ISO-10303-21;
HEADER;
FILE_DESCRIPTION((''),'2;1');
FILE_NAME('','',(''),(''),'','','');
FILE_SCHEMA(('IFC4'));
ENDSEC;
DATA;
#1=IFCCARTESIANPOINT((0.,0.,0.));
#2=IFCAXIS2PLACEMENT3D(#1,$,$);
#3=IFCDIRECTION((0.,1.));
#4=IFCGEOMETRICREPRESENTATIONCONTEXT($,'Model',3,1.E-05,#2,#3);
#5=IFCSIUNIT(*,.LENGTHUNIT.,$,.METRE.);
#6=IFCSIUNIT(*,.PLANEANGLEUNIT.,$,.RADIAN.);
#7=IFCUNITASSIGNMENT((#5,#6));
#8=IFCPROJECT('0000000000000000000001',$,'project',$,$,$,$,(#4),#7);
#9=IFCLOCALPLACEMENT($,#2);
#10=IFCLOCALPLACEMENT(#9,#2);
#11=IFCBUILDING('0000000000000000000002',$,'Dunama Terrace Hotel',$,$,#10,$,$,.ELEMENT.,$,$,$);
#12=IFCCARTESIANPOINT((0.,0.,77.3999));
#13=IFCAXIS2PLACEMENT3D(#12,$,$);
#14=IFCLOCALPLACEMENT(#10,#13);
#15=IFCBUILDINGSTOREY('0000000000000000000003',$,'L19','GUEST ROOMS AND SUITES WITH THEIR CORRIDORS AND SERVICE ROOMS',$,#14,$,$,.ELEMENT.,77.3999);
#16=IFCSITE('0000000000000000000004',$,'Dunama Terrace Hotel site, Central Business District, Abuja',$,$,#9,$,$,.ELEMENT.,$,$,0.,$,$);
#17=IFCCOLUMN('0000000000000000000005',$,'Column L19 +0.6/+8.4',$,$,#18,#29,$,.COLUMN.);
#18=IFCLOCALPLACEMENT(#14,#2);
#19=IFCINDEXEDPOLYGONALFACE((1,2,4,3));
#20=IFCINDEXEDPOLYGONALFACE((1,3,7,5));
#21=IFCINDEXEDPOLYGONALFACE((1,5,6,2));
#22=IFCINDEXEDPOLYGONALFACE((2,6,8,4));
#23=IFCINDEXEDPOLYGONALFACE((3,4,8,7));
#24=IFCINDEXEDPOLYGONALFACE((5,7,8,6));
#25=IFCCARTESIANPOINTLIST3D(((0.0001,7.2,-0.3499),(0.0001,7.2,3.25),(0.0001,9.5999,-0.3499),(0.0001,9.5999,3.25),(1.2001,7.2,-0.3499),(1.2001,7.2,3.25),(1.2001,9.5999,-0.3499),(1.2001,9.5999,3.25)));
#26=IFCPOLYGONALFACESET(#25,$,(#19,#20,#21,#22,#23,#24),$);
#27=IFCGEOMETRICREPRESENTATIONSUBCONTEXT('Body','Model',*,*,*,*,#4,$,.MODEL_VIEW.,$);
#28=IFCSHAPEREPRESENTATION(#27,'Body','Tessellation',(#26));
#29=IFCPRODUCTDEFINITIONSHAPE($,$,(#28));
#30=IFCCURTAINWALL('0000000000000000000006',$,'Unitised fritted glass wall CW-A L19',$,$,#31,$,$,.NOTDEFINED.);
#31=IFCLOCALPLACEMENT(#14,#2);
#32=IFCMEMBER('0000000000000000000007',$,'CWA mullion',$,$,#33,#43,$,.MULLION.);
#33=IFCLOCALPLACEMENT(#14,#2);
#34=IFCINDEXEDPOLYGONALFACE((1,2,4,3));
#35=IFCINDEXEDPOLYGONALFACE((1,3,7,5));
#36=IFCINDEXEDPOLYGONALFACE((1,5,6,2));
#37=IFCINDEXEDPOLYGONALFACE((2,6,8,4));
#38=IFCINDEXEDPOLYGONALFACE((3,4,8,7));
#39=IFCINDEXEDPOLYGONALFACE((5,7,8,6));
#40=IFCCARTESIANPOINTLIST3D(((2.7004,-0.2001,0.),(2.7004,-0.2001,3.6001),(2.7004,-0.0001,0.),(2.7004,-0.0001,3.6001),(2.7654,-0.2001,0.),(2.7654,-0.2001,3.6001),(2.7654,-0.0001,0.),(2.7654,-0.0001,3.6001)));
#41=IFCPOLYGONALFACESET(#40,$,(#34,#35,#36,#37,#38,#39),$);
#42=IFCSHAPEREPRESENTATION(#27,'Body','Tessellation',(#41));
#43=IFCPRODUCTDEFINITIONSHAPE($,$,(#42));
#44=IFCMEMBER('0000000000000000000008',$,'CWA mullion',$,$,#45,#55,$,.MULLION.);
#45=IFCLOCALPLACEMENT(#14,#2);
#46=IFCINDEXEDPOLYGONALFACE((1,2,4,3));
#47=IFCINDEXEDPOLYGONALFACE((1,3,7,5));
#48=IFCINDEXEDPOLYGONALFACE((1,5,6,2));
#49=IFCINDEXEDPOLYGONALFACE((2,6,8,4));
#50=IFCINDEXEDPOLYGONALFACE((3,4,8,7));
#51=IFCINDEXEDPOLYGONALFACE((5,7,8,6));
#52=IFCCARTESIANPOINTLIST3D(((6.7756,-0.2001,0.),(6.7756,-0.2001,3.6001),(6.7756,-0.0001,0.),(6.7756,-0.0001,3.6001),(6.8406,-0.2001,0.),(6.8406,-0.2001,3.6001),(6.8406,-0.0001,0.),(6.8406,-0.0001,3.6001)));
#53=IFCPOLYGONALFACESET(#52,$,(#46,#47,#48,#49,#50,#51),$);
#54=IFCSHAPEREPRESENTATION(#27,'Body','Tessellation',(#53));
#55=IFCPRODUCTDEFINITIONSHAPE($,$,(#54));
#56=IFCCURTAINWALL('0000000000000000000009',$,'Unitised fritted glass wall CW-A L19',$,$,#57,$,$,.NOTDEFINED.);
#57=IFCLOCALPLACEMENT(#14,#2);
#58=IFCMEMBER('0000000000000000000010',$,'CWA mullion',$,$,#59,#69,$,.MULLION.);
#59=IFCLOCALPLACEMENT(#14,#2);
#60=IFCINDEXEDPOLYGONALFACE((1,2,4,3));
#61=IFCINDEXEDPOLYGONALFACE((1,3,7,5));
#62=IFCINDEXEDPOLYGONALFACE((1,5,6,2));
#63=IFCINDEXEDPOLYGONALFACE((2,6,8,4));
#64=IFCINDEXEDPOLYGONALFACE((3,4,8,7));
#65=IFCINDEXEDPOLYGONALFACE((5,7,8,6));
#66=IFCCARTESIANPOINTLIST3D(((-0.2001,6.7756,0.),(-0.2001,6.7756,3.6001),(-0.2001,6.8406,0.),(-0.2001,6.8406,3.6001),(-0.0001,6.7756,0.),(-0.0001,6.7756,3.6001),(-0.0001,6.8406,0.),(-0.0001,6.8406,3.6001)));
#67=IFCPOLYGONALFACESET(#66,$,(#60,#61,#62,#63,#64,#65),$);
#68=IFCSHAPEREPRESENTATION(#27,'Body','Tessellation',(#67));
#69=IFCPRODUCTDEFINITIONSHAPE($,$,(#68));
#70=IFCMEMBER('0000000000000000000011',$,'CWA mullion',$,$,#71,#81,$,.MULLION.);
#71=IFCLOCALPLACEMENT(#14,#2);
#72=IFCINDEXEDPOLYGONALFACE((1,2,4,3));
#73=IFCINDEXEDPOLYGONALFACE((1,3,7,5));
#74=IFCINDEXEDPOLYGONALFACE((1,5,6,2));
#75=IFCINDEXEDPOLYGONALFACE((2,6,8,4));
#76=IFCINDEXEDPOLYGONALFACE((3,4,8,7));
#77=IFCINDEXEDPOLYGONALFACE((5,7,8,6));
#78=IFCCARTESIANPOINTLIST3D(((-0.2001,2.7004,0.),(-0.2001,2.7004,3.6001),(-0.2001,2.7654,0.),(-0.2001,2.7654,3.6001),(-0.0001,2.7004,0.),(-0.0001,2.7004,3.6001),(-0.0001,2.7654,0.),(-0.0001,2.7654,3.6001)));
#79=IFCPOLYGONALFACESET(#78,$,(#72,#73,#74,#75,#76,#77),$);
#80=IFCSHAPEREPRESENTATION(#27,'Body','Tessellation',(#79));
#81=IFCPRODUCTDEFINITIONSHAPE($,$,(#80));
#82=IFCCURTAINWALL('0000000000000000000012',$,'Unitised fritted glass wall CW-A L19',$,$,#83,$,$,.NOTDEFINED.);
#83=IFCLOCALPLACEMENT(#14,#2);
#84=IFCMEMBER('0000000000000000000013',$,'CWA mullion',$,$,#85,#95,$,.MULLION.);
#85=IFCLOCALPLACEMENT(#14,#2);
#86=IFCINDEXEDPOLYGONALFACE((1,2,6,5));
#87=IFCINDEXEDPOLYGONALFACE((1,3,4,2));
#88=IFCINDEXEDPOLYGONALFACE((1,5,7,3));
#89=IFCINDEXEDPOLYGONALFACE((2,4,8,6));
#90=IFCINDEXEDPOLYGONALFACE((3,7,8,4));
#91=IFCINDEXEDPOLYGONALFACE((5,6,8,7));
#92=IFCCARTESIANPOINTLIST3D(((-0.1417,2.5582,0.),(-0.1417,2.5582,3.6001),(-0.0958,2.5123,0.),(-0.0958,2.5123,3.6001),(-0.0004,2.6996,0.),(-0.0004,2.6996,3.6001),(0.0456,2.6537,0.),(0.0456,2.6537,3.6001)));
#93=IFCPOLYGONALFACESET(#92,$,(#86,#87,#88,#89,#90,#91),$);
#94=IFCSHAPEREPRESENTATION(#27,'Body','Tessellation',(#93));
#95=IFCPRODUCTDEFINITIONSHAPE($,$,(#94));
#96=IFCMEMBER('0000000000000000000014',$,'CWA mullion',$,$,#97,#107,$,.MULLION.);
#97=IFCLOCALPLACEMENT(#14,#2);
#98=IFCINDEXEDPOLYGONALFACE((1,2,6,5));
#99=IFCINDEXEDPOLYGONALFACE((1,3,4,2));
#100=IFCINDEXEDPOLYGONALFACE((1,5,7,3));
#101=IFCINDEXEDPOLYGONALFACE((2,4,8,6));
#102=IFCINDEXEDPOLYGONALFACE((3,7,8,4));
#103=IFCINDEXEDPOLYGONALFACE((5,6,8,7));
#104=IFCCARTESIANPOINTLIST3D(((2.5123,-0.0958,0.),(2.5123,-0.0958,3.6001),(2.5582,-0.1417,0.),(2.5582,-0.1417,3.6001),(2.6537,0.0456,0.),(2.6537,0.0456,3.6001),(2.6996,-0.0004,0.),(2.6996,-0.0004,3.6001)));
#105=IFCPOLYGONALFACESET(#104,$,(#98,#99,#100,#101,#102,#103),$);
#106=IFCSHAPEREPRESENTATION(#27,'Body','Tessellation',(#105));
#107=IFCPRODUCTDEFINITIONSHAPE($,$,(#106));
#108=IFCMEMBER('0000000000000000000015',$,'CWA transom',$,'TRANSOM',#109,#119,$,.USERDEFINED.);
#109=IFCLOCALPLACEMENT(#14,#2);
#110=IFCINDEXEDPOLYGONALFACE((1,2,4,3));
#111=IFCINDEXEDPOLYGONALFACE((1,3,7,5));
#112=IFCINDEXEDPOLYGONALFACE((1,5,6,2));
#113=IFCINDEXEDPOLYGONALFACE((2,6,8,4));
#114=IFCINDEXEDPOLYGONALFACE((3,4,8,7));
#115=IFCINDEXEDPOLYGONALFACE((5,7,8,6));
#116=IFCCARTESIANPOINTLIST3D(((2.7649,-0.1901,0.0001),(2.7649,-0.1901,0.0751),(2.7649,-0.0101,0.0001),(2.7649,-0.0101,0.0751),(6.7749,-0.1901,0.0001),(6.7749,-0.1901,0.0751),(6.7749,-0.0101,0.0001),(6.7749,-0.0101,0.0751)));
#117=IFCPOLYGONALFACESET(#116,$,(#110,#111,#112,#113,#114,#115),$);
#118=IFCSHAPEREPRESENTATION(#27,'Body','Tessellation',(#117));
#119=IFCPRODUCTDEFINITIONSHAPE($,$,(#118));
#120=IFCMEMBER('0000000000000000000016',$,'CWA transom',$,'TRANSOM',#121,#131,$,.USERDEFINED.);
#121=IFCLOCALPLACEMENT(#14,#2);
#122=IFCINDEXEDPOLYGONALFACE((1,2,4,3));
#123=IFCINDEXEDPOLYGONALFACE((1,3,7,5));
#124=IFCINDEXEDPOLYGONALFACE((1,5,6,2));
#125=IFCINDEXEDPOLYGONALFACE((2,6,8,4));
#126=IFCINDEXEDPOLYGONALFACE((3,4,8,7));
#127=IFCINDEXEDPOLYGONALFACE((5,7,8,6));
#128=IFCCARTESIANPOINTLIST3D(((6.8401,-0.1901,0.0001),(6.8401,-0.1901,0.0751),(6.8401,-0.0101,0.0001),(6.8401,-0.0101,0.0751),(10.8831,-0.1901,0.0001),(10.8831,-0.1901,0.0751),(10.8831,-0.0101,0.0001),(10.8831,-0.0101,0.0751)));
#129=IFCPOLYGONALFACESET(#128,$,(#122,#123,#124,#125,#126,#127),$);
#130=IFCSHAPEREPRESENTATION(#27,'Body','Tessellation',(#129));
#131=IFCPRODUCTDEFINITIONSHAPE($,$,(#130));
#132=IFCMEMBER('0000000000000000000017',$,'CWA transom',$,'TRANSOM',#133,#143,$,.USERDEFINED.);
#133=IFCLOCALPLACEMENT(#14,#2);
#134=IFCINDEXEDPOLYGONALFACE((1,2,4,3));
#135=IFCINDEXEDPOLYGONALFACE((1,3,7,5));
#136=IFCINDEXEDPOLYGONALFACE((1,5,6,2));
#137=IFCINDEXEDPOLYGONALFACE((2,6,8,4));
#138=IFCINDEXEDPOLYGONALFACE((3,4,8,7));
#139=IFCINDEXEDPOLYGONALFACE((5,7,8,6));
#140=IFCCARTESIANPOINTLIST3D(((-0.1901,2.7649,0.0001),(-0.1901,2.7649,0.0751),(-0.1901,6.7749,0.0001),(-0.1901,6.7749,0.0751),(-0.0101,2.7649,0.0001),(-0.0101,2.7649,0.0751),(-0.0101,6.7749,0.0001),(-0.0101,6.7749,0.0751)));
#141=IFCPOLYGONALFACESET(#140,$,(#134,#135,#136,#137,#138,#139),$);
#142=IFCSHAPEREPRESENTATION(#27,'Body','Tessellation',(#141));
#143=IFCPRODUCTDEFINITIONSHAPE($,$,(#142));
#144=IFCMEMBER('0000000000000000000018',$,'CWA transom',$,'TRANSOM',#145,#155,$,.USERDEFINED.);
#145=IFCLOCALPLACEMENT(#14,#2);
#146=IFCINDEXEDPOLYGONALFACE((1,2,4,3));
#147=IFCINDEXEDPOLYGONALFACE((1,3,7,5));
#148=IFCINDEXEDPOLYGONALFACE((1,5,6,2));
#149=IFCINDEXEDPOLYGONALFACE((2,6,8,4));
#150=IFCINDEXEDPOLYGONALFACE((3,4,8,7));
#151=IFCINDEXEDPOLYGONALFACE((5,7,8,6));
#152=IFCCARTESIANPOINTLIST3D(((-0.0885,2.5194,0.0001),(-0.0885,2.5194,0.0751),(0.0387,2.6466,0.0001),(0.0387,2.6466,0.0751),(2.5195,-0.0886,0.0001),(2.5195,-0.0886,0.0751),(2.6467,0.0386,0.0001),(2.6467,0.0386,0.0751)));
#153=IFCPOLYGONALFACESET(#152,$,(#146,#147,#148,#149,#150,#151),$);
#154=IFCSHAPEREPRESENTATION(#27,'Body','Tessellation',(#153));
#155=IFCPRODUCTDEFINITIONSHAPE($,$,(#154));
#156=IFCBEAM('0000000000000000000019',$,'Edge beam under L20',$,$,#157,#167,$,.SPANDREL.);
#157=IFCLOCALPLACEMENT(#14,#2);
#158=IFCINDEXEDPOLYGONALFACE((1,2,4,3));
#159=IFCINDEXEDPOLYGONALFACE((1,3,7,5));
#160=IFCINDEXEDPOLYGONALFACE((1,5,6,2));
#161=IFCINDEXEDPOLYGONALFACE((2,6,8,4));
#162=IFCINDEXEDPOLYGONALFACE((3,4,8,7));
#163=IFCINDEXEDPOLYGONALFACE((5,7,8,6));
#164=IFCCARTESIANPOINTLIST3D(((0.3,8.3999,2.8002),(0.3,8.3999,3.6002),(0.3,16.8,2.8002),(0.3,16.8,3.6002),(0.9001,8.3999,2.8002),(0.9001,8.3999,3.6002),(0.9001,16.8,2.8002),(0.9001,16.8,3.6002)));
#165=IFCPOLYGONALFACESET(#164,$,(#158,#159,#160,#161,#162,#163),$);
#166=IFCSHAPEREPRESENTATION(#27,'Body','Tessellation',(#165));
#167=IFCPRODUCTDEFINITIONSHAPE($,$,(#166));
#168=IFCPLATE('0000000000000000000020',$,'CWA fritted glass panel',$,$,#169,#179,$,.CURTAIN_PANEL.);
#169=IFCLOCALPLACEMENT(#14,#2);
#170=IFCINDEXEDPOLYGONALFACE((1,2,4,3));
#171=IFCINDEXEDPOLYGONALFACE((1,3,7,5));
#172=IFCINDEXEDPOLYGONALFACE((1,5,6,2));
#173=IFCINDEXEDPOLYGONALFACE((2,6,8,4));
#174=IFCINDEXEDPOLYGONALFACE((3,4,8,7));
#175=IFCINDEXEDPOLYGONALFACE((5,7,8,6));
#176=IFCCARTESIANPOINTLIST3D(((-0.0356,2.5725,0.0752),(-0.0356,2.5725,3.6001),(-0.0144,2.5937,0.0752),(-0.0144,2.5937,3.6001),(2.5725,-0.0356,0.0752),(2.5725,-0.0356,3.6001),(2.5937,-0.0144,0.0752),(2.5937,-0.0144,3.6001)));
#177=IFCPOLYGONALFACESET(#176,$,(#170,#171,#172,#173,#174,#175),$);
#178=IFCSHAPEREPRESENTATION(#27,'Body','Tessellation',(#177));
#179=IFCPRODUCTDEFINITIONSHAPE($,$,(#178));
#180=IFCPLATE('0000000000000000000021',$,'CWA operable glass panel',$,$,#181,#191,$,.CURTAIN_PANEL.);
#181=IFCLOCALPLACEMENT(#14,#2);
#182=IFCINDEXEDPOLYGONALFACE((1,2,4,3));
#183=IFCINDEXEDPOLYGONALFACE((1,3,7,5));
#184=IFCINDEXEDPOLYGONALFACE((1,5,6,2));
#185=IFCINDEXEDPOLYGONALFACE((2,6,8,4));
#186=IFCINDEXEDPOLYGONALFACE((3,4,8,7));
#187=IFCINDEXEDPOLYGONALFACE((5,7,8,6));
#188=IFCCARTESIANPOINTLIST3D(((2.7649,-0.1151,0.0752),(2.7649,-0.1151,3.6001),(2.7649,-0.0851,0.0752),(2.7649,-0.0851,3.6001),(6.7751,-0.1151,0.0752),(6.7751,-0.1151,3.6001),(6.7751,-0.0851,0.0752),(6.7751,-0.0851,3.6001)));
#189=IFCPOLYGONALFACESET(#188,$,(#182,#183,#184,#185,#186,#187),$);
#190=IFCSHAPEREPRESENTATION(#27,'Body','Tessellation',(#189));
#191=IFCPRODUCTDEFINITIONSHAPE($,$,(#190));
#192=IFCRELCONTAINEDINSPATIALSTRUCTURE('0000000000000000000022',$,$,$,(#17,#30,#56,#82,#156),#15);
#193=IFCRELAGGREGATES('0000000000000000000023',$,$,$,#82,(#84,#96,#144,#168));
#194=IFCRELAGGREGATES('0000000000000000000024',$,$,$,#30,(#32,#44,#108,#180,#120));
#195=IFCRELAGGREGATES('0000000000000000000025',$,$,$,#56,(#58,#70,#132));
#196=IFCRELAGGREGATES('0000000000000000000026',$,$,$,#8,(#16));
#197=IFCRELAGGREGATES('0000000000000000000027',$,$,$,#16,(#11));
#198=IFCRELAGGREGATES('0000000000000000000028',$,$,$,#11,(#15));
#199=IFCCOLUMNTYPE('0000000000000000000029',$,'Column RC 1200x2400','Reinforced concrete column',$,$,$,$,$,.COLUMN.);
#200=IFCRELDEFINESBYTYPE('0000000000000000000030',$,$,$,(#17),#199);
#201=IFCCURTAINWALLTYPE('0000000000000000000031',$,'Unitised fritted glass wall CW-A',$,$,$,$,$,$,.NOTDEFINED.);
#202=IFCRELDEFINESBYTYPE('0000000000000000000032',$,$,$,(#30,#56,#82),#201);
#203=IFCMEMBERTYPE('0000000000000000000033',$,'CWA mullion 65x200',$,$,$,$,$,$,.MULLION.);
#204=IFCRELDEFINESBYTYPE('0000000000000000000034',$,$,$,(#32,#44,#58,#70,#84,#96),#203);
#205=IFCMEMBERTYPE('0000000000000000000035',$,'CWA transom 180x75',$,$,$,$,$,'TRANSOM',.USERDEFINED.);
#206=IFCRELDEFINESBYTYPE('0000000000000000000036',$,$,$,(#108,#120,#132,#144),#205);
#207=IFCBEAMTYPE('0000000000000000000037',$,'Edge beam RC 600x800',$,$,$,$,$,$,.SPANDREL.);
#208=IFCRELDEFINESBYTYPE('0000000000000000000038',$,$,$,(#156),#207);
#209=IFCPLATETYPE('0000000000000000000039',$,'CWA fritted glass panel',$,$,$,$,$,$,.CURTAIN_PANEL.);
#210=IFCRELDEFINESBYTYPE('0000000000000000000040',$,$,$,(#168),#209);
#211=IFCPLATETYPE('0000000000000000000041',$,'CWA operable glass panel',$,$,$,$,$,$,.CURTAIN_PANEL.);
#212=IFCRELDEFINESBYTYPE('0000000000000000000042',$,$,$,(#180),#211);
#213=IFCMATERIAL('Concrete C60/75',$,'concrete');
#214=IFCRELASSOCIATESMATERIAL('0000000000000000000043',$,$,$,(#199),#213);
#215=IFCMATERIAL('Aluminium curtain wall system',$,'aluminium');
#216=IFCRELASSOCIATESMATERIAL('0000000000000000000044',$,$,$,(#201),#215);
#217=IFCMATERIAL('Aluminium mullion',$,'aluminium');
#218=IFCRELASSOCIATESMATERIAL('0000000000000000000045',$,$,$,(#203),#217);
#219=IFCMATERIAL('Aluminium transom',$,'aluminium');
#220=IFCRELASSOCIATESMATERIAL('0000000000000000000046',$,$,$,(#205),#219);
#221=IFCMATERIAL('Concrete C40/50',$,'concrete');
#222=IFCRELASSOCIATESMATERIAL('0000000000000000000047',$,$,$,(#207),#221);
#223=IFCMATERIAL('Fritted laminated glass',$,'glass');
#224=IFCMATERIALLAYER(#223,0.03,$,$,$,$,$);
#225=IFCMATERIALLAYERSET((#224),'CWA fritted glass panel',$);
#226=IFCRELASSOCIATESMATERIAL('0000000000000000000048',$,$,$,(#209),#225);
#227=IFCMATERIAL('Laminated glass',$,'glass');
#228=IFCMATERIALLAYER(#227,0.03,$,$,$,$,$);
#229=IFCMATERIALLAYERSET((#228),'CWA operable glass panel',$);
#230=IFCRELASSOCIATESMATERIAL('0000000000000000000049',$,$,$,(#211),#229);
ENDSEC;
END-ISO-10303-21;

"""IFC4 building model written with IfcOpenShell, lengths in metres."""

from ifc_helpers import new_model, si_unit, direction, frame, origin, origin_2d, place, context, subcontext, project, spatial, rectangle, extrude, material, layer, layer_set, material_profile, profile_set, type_object, element, aggregate, save


model = new_model("IFC4")

# Units and contexts
model_context = context("Model", 3, precision=1e-05, world=origin(), true_north=direction((0.0, 1.0)))
body_context = subcontext(model_context, "Body", "Model", "MODEL_VIEW")
ifc_project = project(units=[si_unit("LENGTHUNIT", "METRE"), si_unit("PLANEANGLEUNIT", "RADIAN")], contexts=[model_context])

# Site, building, storey
site_placement = place(None, origin())
site = spatial("IfcSite", under=ifc_project, at=site_placement, Name="Dunama Terrace Hotel site, Central Business District, Abuja", CompositionType="ELEMENT", RefElevation=0.0)
building_placement = place(site_placement, origin())
building = spatial("IfcBuilding", under=site, at=building_placement, Name="Dunama Terrace Hotel", CompositionType="ELEMENT")
storey_placement = place(building_placement, frame((0.0, 0.0, 77.3999)))
storey = spatial("IfcBuildingStorey", under=building, at=storey_placement, Name="L19", Description="GUEST ROOMS AND SUITES WITH THEIR CORRIDORS AND SERVICE ROOMS", CompositionType="ELEMENT", Elevation=77.3999)

# Column
ifc_material_1 = material(Name="Concrete C60/75", Category="concrete")
ifc_material_profile_1 = material_profile(ifc_material_1, rectangle(XDim=1.2, YDim=2.3999, at=origin_2d()), Name="RC 1200x2400")
ifc_profile_set_1 = profile_set([ifc_material_profile_1], Name="Concrete C60/75")
column_type = type_object("IfcColumnType", Name="Column RC 1200x2400", Description="Reinforced concrete column", PredefinedType="COLUMN", material=ifc_profile_set_1)
column_placement = place(storey_placement, frame((0.6001, 8.3999, -0.3499), z_axis=(0.0, 0.0, 1.0), x_axis=(1.0, 0.0, 0.0)))
element("IfcColumn", 1, at=column_placement, inside=storey, type_object=column_type, Name="Column L19 +0.6/+8.4", PredefinedType="COLUMN", context=body_context, shape_type="SweptSolid", body=[
    extrude(rectangle(XDim=1.2, YDim=2.3999, at=origin_2d()), origin(), (0.0, 0.0, 1.0), 3.5999),
])

# Curtain walls, members
ifc_material_2 = material(Name="Aluminium curtain wall system", Category="aluminium")
curtain_wall_type = type_object("IfcCurtainWallType", Name="Unitised fritted glass wall CW-A", PredefinedType="NOTDEFINED", material=ifc_material_2)
curtain_wall_1_placement = place(storey_placement, origin())
curtain_wall_1 = element("IfcCurtainWall", 2, at=curtain_wall_1_placement, inside=storey, type_object=curtain_wall_type, Name="Unitised fritted glass wall CW-A L19", PredefinedType="NOTDEFINED")
ifc_material_3 = material(Name="Aluminium mullion", Category="aluminium")
ifc_material_profile_2 = material_profile(ifc_material_3, rectangle(XDim=0.0649, YDim=0.2, at=origin_2d()), Name="CWA MULLION 65X200")
ifc_profile_set_2 = profile_set([ifc_material_profile_2], Name="Aluminium mullion")
member_type_1 = type_object("IfcMemberType", Name="CWA mullion 65x200", PredefinedType="MULLION", material=ifc_profile_set_2)
member_1_placement = place(storey_placement, frame((2.7329, -0.1001, 0.0), z_axis=(0.0, 0.0, 1.0), x_axis=(1.0, 0.0, 0.0)))
member_1 = element("IfcMember", 3, at=member_1_placement, type_object=member_type_1, Name="CWA mullion", PredefinedType="MULLION", context=body_context, shape_type="SweptSolid", body=[
    extrude(rectangle(XDim=0.0649, YDim=0.2, at=origin_2d()), origin(), (0.0, 0.0, 1.0), 3.6001),
])
member_2_placement = place(storey_placement, frame((6.8081, -0.1001, 0.0), z_axis=(0.0, 0.0, 1.0), x_axis=(1.0, 0.0, 0.0)))
member_2 = element("IfcMember", 4, at=member_2_placement, type_object=member_type_1, Name="CWA mullion", PredefinedType="MULLION", context=body_context, shape_type="SweptSolid", body=[
    extrude(rectangle(XDim=0.0649, YDim=0.2, at=origin_2d()), origin(), (0.0, 0.0, 1.0), 3.6001),
])
curtain_wall_2_placement = place(storey_placement, origin())
curtain_wall_2 = element("IfcCurtainWall", 5, at=curtain_wall_2_placement, inside=storey, type_object=curtain_wall_type, Name="Unitised fritted glass wall CW-A L19", PredefinedType="NOTDEFINED")
member_3_placement = place(storey_placement, frame((-0.1001, 6.8081, 0.0), z_axis=(0.0, 0.0, 1.0), x_axis=(0.0, -1.0, 0.0)))
member_3 = element("IfcMember", 6, at=member_3_placement, type_object=member_type_1, Name="CWA mullion", PredefinedType="MULLION", context=body_context, shape_type="SweptSolid", body=[
    extrude(rectangle(XDim=0.0649, YDim=0.2, at=origin_2d()), origin(), (0.0, 0.0, 1.0), 3.6001),
])
member_4_placement = place(storey_placement, frame((-0.1001, 2.7329, 0.0), z_axis=(0.0, 0.0, 1.0), x_axis=(0.0, -1.0, 0.0)))
member_4 = element("IfcMember", 7, at=member_4_placement, type_object=member_type_1, Name="CWA mullion", PredefinedType="MULLION", context=body_context, shape_type="SweptSolid", body=[
    extrude(rectangle(XDim=0.0649, YDim=0.2, at=origin_2d()), origin(), (0.0, 0.0, 1.0), 3.6001),
])
curtain_wall_3_placement = place(storey_placement, origin())
curtain_wall_3 = element("IfcCurtainWall", 8, at=curtain_wall_3_placement, inside=storey, type_object=curtain_wall_type, Name="Unitised fritted glass wall CW-A L19", PredefinedType="NOTDEFINED")
member_5_placement = place(storey_placement, frame((-0.0481, 2.606, 0.0), z_axis=(0.0, 0.0, 1.0), x_axis=(0.707107, -0.707107, 0.0)))
member_5 = element("IfcMember", 9, at=member_5_placement, type_object=member_type_1, Name="CWA mullion", PredefinedType="MULLION", context=body_context, shape_type="SweptSolid", body=[
    extrude(rectangle(XDim=0.0649, YDim=0.2, at=origin_2d()), origin(), (0.0, 0.0, 1.0), 3.6001),
])
member_6_placement = place(storey_placement, frame((2.606, -0.0481, 0.0), z_axis=(0.0, 0.0, 1.0), x_axis=(0.707107, -0.707107, 0.0)))
member_6 = element("IfcMember", 10, at=member_6_placement, type_object=member_type_1, Name="CWA mullion", PredefinedType="MULLION", context=body_context, shape_type="SweptSolid", body=[
    extrude(rectangle(XDim=0.0649, YDim=0.2, at=origin_2d()), origin(), (0.0, 0.0, 1.0), 3.6001),
])

# Members
ifc_material_4 = material(Name="Aluminium transom", Category="aluminium")
ifc_material_profile_3 = material_profile(ifc_material_4, rectangle(XDim=0.1799, YDim=0.075, at=origin_2d()), Name="CWA TRANSOM 180X75")
ifc_profile_set_3 = profile_set([ifc_material_profile_3], Name="Aluminium transom")
member_type_2 = type_object("IfcMemberType", Name="CWA transom 180x75", ElementType="TRANSOM", PredefinedType="USERDEFINED", material=ifc_profile_set_3)
member_7_placement = place(storey_placement, frame((2.7649, -0.1001, 0.0376), z_axis=(1.0, 0.0, 0.0), x_axis=(0.0, 1.0, 0.0)))
member_7 = element("IfcMember", 11, at=member_7_placement, type_object=member_type_2, Name="CWA transom", ObjectType="TRANSOM", PredefinedType="USERDEFINED", context=body_context, shape_type="SweptSolid", body=[
    extrude(rectangle(XDim=0.1799, YDim=0.075, at=origin_2d()), origin(), (0.0, 0.0, 1.0), 4.01),
])
member_8_placement = place(storey_placement, frame((6.8401, -0.1001, 0.0376), z_axis=(1.0, 0.0, 0.0), x_axis=(0.0, 1.0, 0.0)))
member_8 = element("IfcMember", 12, at=member_8_placement, type_object=member_type_2, Name="CWA transom", ObjectType="TRANSOM", PredefinedType="USERDEFINED", context=body_context, shape_type="SweptSolid", body=[
    extrude(rectangle(XDim=0.1799, YDim=0.075, at=origin_2d()), origin(), (0.0, 0.0, 1.0), 4.043),
])
member_9_placement = place(storey_placement, frame((-0.1001, 6.7749, 0.0376), z_axis=(0.0, -1.0, 0.0), x_axis=(1.0, 0.0, 0.0)))
member_9 = element("IfcMember", 13, at=member_9_placement, type_object=member_type_2, Name="CWA transom", ObjectType="TRANSOM", PredefinedType="USERDEFINED", context=body_context, shape_type="SweptSolid", body=[
    extrude(rectangle(XDim=0.1799, YDim=0.075, at=origin_2d()), origin(), (0.0, 0.0, 1.0), 4.01),
])
member_10_placement = place(storey_placement, frame((-0.0249, 2.583, 0.0376), z_axis=(0.707107, -0.707107, 0.0), x_axis=(0.707107, 0.707107, 0.0)))
member_10 = element("IfcMember", 14, at=member_10_placement, type_object=member_type_2, Name="CWA transom", ObjectType="TRANSOM", PredefinedType="USERDEFINED", context=body_context, shape_type="SweptSolid", body=[
    extrude(rectangle(XDim=0.1799, YDim=0.075, at=origin_2d()), origin(), (0.0, 0.0, 1.0), 3.6882),
])

# Beam
ifc_material_5 = material(Name="Concrete C40/50", Category="concrete")
ifc_material_profile_4 = material_profile(ifc_material_5, rectangle(XDim=0.6001, YDim=0.8, at=origin_2d()), Name="RC 600x800")
ifc_profile_set_4 = profile_set([ifc_material_profile_4], Name="Concrete C40/50")
beam_type = type_object("IfcBeamType", Name="Edge beam RC 600x800", PredefinedType="SPANDREL", material=ifc_profile_set_4)
beam_placement = place(storey_placement, frame((0.6001, 8.3999, 3.2002), z_axis=(0.0, 1.0, 0.0), x_axis=(-1.0, 0.0, 0.0)))
element("IfcBeam", 15, at=beam_placement, inside=storey, type_object=beam_type, Name="Edge beam under L20", PredefinedType="SPANDREL", context=body_context, shape_type="SweptSolid", body=[
    extrude(rectangle(XDim=0.6001, YDim=0.8, at=origin_2d()), origin(), (0.0, 0.0, 1.0), 8.4001),
])

# Plates
ifc_material_6 = material(Name="Fritted laminated glass", Category="glass")
ifc_layer_1 = layer(ifc_material_6, 0.03)
ifc_layer_set_1 = layer_set([ifc_layer_1], Name="CWA fritted glass panel")
plate_type_1 = type_object("IfcPlateType", Name="CWA fritted glass panel", PredefinedType="CURTAIN_PANEL", material=ifc_layer_set_1)
plate_1_placement = place(storey_placement, frame((1.2791, 1.2791, 0.0752), z_axis=(0.0, 0.0, 1.0), x_axis=(0.707107, -0.707107, 0.0)))
plate_1 = element("IfcPlate", 16, at=plate_1_placement, type_object=plate_type_1, Name="CWA fritted glass panel", PredefinedType="CURTAIN_PANEL", context=body_context, shape_type="SweptSolid", body=[
    extrude(rectangle(XDim=3.6885, YDim=0.03, at=origin_2d()), origin(), (0.0, 0.0, 1.0), 3.5249),
])
aggregate(curtain_wall_3, [member_5, member_6, member_10, plate_1])
ifc_material_7 = material(Name="Laminated glass", Category="glass")
ifc_layer_2 = layer(ifc_material_7, 0.03)
ifc_layer_set_2 = layer_set([ifc_layer_2], Name="CWA operable glass panel")
plate_type_2 = type_object("IfcPlateType", Name="CWA operable glass panel", PredefinedType="CURTAIN_PANEL", material=ifc_layer_set_2)
plate_2_placement = place(storey_placement, frame((4.77, -0.1001, 0.0752), z_axis=(0.0, 0.0, 1.0), x_axis=(1.0, 0.0, 0.0)))
plate_2 = element("IfcPlate", 17, at=plate_2_placement, type_object=plate_type_2, Name="CWA operable glass panel", PredefinedType="CURTAIN_PANEL", context=body_context, shape_type="SweptSolid", body=[
    extrude(rectangle(XDim=4.0103, YDim=0.03, at=origin_2d()), origin(), (0.0, 0.0, 1.0), 3.5249),
])
aggregate(curtain_wall_1, [member_1, member_2, member_7, plate_2, member_8])
aggregate(curtain_wall_2, [member_3, member_4, member_9])

save(model, "model.ifc")
